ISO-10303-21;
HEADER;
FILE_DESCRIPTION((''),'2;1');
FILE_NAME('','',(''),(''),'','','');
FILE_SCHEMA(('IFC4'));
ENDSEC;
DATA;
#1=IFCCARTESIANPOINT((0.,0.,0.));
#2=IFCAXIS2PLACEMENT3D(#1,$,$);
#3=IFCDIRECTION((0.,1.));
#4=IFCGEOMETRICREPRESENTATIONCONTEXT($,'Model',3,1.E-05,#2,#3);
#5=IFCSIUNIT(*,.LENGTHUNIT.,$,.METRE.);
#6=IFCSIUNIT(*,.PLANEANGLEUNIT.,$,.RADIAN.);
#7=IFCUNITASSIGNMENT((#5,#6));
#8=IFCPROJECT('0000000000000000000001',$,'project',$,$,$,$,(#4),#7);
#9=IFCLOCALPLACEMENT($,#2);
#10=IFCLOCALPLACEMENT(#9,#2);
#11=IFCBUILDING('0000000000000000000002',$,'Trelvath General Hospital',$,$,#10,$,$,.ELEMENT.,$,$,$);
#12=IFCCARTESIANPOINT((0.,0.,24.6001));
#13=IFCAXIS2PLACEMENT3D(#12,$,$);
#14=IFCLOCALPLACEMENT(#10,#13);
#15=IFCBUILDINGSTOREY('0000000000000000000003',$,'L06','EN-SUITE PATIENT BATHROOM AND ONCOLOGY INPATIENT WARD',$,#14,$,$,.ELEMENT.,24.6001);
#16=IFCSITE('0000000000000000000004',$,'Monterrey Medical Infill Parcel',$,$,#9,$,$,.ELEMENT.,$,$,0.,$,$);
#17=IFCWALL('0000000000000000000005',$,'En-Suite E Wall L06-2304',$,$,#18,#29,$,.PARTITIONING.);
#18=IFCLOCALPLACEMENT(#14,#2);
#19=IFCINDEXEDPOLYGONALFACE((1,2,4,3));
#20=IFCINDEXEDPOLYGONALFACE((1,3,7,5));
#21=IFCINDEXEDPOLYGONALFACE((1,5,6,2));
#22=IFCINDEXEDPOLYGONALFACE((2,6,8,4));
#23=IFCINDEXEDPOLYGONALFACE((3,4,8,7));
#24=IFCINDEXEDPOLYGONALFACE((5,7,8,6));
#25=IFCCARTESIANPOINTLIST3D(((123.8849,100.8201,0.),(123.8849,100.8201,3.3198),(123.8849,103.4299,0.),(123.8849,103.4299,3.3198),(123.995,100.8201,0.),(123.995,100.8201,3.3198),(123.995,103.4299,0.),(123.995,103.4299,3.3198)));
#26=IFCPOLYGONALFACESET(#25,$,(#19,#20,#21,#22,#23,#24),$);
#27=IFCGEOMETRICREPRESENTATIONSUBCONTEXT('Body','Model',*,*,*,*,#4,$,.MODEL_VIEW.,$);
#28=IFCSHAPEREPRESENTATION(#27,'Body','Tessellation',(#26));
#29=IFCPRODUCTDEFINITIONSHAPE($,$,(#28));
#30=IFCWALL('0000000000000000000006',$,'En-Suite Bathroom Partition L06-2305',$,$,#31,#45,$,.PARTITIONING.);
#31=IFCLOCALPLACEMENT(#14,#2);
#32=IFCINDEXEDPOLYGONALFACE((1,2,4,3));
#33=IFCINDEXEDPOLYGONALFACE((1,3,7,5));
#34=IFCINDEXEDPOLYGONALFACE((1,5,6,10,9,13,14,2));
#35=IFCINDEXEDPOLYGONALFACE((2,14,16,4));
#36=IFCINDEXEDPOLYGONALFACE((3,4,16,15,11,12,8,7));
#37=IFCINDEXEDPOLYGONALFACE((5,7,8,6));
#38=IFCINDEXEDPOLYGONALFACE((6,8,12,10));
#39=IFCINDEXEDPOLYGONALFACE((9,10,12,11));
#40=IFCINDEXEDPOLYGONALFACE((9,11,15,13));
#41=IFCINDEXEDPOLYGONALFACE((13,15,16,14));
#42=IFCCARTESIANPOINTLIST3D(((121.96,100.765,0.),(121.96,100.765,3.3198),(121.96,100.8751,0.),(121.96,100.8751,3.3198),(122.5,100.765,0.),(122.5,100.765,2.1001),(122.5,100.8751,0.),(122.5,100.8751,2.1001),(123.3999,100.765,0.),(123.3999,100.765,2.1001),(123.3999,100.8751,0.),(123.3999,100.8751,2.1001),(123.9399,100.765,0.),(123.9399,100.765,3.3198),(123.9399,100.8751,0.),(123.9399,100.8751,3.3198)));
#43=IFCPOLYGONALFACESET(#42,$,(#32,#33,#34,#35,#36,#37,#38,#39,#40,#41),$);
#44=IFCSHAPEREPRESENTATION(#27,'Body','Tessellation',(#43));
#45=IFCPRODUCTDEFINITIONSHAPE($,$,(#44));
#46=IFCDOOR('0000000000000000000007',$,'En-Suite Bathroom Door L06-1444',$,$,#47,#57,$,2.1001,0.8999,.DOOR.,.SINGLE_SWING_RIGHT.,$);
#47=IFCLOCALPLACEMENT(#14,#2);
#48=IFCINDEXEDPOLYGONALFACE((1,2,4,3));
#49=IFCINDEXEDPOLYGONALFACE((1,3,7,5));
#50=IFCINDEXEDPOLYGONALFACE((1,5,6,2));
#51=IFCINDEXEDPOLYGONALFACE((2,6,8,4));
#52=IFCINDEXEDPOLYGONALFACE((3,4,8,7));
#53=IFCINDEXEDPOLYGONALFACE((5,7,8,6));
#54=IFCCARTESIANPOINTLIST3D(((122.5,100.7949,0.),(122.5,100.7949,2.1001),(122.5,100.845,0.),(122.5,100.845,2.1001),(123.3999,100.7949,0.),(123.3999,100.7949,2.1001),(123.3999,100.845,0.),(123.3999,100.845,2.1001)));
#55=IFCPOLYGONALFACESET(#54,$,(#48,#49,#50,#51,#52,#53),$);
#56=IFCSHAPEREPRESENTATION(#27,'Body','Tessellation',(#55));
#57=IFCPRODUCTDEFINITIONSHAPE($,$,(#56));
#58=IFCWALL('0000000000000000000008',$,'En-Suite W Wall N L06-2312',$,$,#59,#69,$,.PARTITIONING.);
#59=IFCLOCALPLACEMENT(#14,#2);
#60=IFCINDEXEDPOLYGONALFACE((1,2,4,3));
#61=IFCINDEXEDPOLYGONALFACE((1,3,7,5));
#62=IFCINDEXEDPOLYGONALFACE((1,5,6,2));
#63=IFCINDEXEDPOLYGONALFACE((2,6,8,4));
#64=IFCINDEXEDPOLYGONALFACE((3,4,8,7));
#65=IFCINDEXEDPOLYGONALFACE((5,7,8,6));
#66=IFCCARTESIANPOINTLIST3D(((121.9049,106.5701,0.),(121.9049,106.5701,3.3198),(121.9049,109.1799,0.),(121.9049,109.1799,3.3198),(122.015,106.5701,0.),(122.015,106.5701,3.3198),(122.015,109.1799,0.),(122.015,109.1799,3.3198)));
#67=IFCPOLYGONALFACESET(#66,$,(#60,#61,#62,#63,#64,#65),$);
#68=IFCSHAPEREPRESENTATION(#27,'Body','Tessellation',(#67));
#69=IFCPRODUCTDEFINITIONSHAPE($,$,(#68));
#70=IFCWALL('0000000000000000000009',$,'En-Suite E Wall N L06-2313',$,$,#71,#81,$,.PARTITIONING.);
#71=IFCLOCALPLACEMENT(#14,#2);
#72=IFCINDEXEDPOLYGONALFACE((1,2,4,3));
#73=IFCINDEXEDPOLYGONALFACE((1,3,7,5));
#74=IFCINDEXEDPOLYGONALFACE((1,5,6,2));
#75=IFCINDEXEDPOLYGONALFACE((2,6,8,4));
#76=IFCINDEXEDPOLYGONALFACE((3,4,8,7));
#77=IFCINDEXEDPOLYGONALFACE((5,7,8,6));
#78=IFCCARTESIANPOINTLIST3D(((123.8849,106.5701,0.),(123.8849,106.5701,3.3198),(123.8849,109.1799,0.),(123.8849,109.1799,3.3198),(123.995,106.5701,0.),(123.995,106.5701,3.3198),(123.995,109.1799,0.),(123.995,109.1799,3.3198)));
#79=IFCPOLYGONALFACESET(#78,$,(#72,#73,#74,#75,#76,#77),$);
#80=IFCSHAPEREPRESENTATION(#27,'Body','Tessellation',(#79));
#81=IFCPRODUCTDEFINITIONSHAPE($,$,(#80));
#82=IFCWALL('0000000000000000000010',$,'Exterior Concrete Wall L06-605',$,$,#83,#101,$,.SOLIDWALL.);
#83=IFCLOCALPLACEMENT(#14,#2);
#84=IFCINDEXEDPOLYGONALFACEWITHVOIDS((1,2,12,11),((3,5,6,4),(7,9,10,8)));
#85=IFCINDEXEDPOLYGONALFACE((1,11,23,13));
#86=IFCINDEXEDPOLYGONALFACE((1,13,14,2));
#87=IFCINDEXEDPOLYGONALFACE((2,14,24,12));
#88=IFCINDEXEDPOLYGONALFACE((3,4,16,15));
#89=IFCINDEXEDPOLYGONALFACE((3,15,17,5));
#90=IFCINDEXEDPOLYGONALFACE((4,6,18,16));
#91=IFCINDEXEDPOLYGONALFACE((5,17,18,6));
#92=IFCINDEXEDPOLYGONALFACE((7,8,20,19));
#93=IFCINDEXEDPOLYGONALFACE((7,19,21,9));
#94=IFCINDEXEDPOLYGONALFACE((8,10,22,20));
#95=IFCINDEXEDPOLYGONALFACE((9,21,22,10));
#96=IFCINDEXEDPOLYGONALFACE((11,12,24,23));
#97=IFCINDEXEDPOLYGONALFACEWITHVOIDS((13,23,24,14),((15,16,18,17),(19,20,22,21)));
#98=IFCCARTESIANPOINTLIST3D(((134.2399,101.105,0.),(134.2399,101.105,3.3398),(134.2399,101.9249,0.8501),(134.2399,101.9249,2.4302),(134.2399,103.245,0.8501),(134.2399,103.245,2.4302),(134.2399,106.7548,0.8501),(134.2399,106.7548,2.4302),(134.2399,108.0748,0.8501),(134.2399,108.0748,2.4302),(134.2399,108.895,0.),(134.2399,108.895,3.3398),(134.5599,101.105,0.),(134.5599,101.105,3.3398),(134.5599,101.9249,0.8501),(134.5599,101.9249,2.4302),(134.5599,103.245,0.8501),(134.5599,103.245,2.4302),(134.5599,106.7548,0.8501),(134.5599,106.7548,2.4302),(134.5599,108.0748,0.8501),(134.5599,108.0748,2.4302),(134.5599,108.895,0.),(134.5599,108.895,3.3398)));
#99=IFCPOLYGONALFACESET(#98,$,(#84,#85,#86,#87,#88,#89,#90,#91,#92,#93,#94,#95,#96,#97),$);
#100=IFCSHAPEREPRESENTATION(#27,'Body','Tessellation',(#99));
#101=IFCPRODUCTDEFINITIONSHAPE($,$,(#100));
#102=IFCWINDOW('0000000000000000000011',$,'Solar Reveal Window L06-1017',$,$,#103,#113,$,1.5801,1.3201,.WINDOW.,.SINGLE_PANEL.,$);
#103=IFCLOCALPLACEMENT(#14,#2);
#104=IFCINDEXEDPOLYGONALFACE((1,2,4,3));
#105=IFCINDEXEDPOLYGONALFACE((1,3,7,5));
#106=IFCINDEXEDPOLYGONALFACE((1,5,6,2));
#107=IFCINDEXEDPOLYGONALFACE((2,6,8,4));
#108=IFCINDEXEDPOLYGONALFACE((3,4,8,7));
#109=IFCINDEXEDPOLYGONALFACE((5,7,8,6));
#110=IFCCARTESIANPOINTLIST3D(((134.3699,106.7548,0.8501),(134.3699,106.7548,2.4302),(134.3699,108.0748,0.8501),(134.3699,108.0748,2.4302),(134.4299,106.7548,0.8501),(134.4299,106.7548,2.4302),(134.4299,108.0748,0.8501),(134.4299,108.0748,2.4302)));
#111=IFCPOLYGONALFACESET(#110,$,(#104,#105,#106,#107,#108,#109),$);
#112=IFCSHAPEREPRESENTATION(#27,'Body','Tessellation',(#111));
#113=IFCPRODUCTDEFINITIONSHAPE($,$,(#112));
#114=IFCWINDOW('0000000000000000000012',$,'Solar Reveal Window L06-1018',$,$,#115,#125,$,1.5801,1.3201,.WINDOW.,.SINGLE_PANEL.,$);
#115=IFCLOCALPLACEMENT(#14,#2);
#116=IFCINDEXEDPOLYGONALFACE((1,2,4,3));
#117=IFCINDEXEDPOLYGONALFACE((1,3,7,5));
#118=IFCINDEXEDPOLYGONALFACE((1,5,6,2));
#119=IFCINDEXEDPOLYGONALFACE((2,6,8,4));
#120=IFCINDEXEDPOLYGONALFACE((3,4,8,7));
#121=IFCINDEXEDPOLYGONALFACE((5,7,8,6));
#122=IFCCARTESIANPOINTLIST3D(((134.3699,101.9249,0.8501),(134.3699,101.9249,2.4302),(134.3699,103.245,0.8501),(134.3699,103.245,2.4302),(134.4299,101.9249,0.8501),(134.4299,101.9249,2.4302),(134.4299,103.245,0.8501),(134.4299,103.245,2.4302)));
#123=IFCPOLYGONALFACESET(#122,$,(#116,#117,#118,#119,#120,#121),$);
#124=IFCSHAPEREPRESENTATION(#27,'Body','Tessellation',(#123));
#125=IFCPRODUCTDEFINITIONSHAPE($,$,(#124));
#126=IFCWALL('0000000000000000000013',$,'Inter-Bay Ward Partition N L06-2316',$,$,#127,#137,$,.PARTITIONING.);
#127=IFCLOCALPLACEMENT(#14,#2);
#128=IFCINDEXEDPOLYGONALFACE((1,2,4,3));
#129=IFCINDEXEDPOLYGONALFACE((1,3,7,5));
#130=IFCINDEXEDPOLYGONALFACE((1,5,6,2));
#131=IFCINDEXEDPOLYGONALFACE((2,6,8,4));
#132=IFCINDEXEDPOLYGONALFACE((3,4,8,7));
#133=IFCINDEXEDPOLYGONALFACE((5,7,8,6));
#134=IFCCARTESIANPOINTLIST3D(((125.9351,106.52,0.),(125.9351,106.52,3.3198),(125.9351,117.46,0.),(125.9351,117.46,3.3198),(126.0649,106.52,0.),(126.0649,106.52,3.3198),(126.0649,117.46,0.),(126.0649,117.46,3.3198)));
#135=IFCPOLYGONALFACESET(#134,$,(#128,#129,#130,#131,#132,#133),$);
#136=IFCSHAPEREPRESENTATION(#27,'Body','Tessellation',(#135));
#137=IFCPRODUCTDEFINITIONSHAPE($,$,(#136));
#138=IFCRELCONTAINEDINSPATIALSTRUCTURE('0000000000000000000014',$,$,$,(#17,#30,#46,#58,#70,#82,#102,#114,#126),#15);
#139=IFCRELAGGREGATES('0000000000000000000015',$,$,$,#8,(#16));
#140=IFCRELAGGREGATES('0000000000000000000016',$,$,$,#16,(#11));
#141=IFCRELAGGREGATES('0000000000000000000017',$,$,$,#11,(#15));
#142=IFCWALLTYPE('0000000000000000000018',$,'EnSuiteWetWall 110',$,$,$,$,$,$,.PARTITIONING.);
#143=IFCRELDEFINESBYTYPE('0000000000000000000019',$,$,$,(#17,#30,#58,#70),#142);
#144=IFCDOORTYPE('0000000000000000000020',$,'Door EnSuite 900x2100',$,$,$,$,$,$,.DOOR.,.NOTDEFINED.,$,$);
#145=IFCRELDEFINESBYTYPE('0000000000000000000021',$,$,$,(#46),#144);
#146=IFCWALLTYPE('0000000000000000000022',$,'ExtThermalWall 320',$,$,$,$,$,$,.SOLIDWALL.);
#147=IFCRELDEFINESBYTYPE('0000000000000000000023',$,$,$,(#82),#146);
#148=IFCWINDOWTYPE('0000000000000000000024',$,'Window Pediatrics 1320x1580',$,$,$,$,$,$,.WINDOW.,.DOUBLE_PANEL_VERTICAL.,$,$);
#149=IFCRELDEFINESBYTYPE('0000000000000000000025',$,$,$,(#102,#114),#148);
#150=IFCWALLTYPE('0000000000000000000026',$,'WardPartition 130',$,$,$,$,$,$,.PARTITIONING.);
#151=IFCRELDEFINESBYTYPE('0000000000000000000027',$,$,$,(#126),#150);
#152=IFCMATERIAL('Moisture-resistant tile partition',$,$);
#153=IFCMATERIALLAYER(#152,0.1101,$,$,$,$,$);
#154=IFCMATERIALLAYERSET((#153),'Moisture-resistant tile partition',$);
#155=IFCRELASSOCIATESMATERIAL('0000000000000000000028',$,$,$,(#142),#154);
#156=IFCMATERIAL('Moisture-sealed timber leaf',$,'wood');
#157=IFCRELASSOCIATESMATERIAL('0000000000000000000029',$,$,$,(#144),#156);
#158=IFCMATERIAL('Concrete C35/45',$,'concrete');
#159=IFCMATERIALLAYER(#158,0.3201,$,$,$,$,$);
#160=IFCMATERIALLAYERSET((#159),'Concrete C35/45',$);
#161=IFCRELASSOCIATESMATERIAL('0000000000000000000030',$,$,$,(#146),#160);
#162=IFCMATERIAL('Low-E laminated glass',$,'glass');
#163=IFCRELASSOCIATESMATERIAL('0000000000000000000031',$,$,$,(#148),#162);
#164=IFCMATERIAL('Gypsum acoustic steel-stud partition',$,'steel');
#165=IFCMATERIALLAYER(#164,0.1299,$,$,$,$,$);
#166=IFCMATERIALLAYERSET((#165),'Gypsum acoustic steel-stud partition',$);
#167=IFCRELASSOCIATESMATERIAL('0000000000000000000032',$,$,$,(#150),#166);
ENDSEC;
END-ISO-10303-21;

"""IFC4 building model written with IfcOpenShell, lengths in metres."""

from ifc_helpers import new_model, si_unit, direction, frame, frame_2d, origin, place, context, subcontext, project, spatial, rectangle, extrude, material, layer, layer_set, type_object, element, fill, save


model = new_model("IFC4")

# Units and contexts
model_context = context("Model", 3, precision=1e-05, world=origin(), true_north=direction((0.0, 1.0)))
body_context = subcontext(model_context, "Body", "Model", "MODEL_VIEW")
ifc_project = project(units=[si_unit("LENGTHUNIT", "METRE"), si_unit("PLANEANGLEUNIT", "RADIAN")], contexts=[model_context])

# Site, building, storey
site_placement = place(None, origin())
site = spatial("IfcSite", under=ifc_project, at=site_placement, Name="Monterrey Medical Infill Parcel", CompositionType="ELEMENT", RefElevation=0.0)
building_placement = place(site_placement, origin())
building = spatial("IfcBuilding", under=site, at=building_placement, Name="Trelvath General Hospital", CompositionType="ELEMENT")
storey_placement = place(building_placement, frame((0.0, 0.0, 24.6001)))
storey = spatial("IfcBuildingStorey", under=building, at=storey_placement, Name="L06", Description="EN-SUITE PATIENT BATHROOM AND ONCOLOGY INPATIENT WARD", CompositionType="ELEMENT", Elevation=24.6001)

# Wall
ifc_material_1 = material(Name="Moisture-resistant tile partition")
ifc_layer_1 = layer(ifc_material_1, 0.1101)
ifc_layer_set_1 = layer_set([ifc_layer_1], Name="Moisture-resistant tile partition")
wall_type_1 = type_object("IfcWallType", Name="EnSuiteWetWall 110", PredefinedType="PARTITIONING", material=ifc_layer_set_1)
for number, where, z_axis, x_axis, name in (
    (1, (123.9399, 100.8201, 0.0), (0.0, 0.0, 1.0), (0.0, 1.0, 0.0), "En-Suite E Wall L06-2304"),
):
    element("IfcWall", number, at=place(storey_placement, frame(where, z_axis=z_axis, x_axis=x_axis)), inside=storey, type_object=wall_type_1, Name=name, PredefinedType="PARTITIONING", context=body_context, shape_type="SweptSolid", body=[
        extrude(rectangle(XDim=2.6099, YDim=0.1101, at=frame_2d((1.3049, 0.0))), origin(), (0.0, 0.0, 1.0), 3.3198),
    ])

# Wall, opening, door
wall_1_placement = place(storey_placement, frame((121.96, 100.8201, 0.0), z_axis=(0.0, 0.0, 1.0), x_axis=(1.0, 0.0, 0.0)))
wall_1 = element("IfcWall", 2, at=wall_1_placement, inside=storey, type_object=wall_type_1, Name="En-Suite Bathroom Partition L06-2305", PredefinedType="PARTITIONING", context=body_context, shape_type="SweptSolid", body=[
    extrude(rectangle(XDim=1.98, YDim=0.1101, at=frame_2d((0.99, 0.0))), origin(), (0.0, 0.0, 1.0), 3.3198),
])
opening_1_placement = place(wall_1_placement, frame((0.54, 0.0, 0.0)))
opening_1 = element("IfcOpeningElement", 3, at=opening_1_placement, cuts=wall_1, PredefinedType="OPENING", context=body_context, shape_type="SweptSolid", body=[
    extrude(rectangle(XDim=0.8999, YDim=2.1001, at=frame_2d((0.45, 1.05))), frame((0.0, 0.0649, 0.0), z_axis=(0.0, -1.0, 0.0), x_axis=(1.0, 0.0, 0.0)), (0.0, 0.0, 1.0), 0.1301),
])
ifc_material_2 = material(Name="Moisture-sealed timber leaf", Category="wood")
door_type_1 = type_object("IfcDoorType", Name="Door EnSuite 900x2100", OperationType="NOTDEFINED", PredefinedType="DOOR", material=ifc_material_2)
door_1_placement = place(opening_1_placement, origin())
door_1 = element("IfcDoor", 4, at=door_1_placement, inside=storey, type_object=door_type_1, Name="En-Suite Bathroom Door L06-1444", OperationType="SINGLE_SWING_RIGHT", OverallHeight=2.1001, OverallWidth=0.8999, PredefinedType="DOOR", context=body_context, shape_type="SweptSolid", body=[
    extrude(rectangle(XDim=0.8999, YDim=2.1001, at=frame_2d((0.45, 1.05))), frame((0.0, 0.0249, 0.0), z_axis=(0.0, -1.0, 0.0), x_axis=(1.0, 0.0, 0.0)), (0.0, 0.0, 1.0), 0.05),
])
fill(opening_1, door_1)

# Walls
for number, where, z_axis, x_axis, name in (
    (5, (121.96, 106.5701, 0.0), (0.0, 0.0, 1.0), (0.0, 1.0, 0.0), "En-Suite W Wall N L06-2312"),
    (6, (123.9399, 106.5701, 0.0), (0.0, 0.0, 1.0), (0.0, 1.0, 0.0), "En-Suite E Wall N L06-2313"),
):
    element("IfcWall", number, at=place(storey_placement, frame(where, z_axis=z_axis, x_axis=x_axis)), inside=storey, type_object=wall_type_1, Name=name, PredefinedType="PARTITIONING", context=body_context, shape_type="SweptSolid", body=[
        extrude(rectangle(XDim=2.6099, YDim=0.1101, at=frame_2d((1.3049, 0.0))), origin(), (0.0, 0.0, 1.0), 3.3198),
    ])

# Wall, openings, windows
ifc_material_3 = material(Name="Concrete C35/45", Category="concrete")
ifc_layer_2 = layer(ifc_material_3, 0.3201)
ifc_layer_set_2 = layer_set([ifc_layer_2], Name="Concrete C35/45")
wall_type_2 = type_object("IfcWallType", Name="ExtThermalWall 320", PredefinedType="SOLIDWALL", material=ifc_layer_set_2)
wall_2_placement = place(storey_placement, frame((134.3999, 108.895, 0.0), z_axis=(0.0, 0.0, 1.0), x_axis=(0.0, -1.0, 0.0)))
wall_2 = element("IfcWall", 7, at=wall_2_placement, inside=storey, type_object=wall_type_2, Name="Exterior Concrete Wall L06-605", PredefinedType="SOLIDWALL", context=body_context, shape_type="SweptSolid", body=[
    extrude(rectangle(XDim=7.79, YDim=0.3201, at=frame_2d((3.895, 0.0))), origin(), (0.0, 0.0, 1.0), 3.3398),
])
opening_2_placement = place(wall_2_placement, frame((0.8201, 0.0, 0.8501)))
opening_2 = element("IfcOpeningElement", 8, at=opening_2_placement, cuts=wall_2, PredefinedType="OPENING", context=body_context, shape_type="SweptSolid", body=[
    extrude(rectangle(XDim=1.3201, YDim=1.5801, at=frame_2d((0.6602, 0.79))), frame((0.0, 0.1699, 0.0), z_axis=(0.0, -1.0, 0.0), x_axis=(1.0, 0.0, 0.0)), (0.0, 0.0, 1.0), 0.3401),
])
opening_3_placement = place(wall_2_placement, frame((5.6499, 0.0, 0.8501)))
opening_3 = element("IfcOpeningElement", 9, at=opening_3_placement, cuts=wall_2, PredefinedType="OPENING", context=body_context, shape_type="SweptSolid", body=[
    extrude(rectangle(XDim=1.3201, YDim=1.5801, at=frame_2d((0.6602, 0.79))), frame((0.0, 0.1699, 0.0), z_axis=(0.0, -1.0, 0.0), x_axis=(1.0, 0.0, 0.0)), (0.0, 0.0, 1.0), 0.3401),
])
ifc_material_4 = material(Name="Low-E laminated glass", Category="glass")
window_type = type_object("IfcWindowType", Name="Window Pediatrics 1320x1580", PartitioningType="DOUBLE_PANEL_VERTICAL", PredefinedType="WINDOW", material=ifc_material_4)
window_1_placement = place(opening_2_placement, origin())
window_1 = element("IfcWindow", 10, at=window_1_placement, inside=storey, type_object=window_type, Name="Solar Reveal Window L06-1017", OverallHeight=1.5801, OverallWidth=1.3201, PartitioningType="SINGLE_PANEL", PredefinedType="WINDOW", context=body_context, shape_type="SweptSolid", body=[
    extrude(rectangle(XDim=1.3201, YDim=1.5801, at=frame_2d((0.6602, 0.79))), frame((0.0, 0.03, 0.0), z_axis=(0.0, -1.0, 0.0), x_axis=(1.0, 0.0, 0.0)), (0.0, 0.0, 1.0), 0.0601),
])
fill(opening_2, window_1)
window_2_placement = place(opening_3_placement, origin())
window_2 = element("IfcWindow", 11, at=window_2_placement, inside=storey, type_object=window_type, Name="Solar Reveal Window L06-1018", OverallHeight=1.5801, OverallWidth=1.3201, PartitioningType="SINGLE_PANEL", PredefinedType="WINDOW", context=body_context, shape_type="SweptSolid", body=[
    extrude(rectangle(XDim=1.3201, YDim=1.5801, at=frame_2d((0.6602, 0.79))), frame((0.0, 0.03, 0.0), z_axis=(0.0, -1.0, 0.0), x_axis=(1.0, 0.0, 0.0)), (0.0, 0.0, 1.0), 0.0601),
])
fill(opening_3, window_2)

# Wall
ifc_material_5 = material(Name="Gypsum acoustic steel-stud partition", Category="steel")
ifc_layer_3 = layer(ifc_material_5, 0.1299)
ifc_layer_set_3 = layer_set([ifc_layer_3], Name="Gypsum acoustic steel-stud partition")
wall_type_3 = type_object("IfcWallType", Name="WardPartition 130", PredefinedType="PARTITIONING", material=ifc_layer_set_3)
wall_3_placement = place(storey_placement, frame((126.0, 106.52, 0.0), z_axis=(0.0, 0.0, 1.0), x_axis=(0.0, 1.0, 0.0)))
element("IfcWall", 12, at=wall_3_placement, inside=storey, type_object=wall_type_3, Name="Inter-Bay Ward Partition N L06-2316", PredefinedType="PARTITIONING", context=body_context, shape_type="SweptSolid", body=[
    extrude(rectangle(XDim=10.9399, YDim=0.1299, at=frame_2d((5.47, 0.0))), origin(), (0.0, 0.0, 1.0), 3.3198),
])

save(model, "model.ifc")
